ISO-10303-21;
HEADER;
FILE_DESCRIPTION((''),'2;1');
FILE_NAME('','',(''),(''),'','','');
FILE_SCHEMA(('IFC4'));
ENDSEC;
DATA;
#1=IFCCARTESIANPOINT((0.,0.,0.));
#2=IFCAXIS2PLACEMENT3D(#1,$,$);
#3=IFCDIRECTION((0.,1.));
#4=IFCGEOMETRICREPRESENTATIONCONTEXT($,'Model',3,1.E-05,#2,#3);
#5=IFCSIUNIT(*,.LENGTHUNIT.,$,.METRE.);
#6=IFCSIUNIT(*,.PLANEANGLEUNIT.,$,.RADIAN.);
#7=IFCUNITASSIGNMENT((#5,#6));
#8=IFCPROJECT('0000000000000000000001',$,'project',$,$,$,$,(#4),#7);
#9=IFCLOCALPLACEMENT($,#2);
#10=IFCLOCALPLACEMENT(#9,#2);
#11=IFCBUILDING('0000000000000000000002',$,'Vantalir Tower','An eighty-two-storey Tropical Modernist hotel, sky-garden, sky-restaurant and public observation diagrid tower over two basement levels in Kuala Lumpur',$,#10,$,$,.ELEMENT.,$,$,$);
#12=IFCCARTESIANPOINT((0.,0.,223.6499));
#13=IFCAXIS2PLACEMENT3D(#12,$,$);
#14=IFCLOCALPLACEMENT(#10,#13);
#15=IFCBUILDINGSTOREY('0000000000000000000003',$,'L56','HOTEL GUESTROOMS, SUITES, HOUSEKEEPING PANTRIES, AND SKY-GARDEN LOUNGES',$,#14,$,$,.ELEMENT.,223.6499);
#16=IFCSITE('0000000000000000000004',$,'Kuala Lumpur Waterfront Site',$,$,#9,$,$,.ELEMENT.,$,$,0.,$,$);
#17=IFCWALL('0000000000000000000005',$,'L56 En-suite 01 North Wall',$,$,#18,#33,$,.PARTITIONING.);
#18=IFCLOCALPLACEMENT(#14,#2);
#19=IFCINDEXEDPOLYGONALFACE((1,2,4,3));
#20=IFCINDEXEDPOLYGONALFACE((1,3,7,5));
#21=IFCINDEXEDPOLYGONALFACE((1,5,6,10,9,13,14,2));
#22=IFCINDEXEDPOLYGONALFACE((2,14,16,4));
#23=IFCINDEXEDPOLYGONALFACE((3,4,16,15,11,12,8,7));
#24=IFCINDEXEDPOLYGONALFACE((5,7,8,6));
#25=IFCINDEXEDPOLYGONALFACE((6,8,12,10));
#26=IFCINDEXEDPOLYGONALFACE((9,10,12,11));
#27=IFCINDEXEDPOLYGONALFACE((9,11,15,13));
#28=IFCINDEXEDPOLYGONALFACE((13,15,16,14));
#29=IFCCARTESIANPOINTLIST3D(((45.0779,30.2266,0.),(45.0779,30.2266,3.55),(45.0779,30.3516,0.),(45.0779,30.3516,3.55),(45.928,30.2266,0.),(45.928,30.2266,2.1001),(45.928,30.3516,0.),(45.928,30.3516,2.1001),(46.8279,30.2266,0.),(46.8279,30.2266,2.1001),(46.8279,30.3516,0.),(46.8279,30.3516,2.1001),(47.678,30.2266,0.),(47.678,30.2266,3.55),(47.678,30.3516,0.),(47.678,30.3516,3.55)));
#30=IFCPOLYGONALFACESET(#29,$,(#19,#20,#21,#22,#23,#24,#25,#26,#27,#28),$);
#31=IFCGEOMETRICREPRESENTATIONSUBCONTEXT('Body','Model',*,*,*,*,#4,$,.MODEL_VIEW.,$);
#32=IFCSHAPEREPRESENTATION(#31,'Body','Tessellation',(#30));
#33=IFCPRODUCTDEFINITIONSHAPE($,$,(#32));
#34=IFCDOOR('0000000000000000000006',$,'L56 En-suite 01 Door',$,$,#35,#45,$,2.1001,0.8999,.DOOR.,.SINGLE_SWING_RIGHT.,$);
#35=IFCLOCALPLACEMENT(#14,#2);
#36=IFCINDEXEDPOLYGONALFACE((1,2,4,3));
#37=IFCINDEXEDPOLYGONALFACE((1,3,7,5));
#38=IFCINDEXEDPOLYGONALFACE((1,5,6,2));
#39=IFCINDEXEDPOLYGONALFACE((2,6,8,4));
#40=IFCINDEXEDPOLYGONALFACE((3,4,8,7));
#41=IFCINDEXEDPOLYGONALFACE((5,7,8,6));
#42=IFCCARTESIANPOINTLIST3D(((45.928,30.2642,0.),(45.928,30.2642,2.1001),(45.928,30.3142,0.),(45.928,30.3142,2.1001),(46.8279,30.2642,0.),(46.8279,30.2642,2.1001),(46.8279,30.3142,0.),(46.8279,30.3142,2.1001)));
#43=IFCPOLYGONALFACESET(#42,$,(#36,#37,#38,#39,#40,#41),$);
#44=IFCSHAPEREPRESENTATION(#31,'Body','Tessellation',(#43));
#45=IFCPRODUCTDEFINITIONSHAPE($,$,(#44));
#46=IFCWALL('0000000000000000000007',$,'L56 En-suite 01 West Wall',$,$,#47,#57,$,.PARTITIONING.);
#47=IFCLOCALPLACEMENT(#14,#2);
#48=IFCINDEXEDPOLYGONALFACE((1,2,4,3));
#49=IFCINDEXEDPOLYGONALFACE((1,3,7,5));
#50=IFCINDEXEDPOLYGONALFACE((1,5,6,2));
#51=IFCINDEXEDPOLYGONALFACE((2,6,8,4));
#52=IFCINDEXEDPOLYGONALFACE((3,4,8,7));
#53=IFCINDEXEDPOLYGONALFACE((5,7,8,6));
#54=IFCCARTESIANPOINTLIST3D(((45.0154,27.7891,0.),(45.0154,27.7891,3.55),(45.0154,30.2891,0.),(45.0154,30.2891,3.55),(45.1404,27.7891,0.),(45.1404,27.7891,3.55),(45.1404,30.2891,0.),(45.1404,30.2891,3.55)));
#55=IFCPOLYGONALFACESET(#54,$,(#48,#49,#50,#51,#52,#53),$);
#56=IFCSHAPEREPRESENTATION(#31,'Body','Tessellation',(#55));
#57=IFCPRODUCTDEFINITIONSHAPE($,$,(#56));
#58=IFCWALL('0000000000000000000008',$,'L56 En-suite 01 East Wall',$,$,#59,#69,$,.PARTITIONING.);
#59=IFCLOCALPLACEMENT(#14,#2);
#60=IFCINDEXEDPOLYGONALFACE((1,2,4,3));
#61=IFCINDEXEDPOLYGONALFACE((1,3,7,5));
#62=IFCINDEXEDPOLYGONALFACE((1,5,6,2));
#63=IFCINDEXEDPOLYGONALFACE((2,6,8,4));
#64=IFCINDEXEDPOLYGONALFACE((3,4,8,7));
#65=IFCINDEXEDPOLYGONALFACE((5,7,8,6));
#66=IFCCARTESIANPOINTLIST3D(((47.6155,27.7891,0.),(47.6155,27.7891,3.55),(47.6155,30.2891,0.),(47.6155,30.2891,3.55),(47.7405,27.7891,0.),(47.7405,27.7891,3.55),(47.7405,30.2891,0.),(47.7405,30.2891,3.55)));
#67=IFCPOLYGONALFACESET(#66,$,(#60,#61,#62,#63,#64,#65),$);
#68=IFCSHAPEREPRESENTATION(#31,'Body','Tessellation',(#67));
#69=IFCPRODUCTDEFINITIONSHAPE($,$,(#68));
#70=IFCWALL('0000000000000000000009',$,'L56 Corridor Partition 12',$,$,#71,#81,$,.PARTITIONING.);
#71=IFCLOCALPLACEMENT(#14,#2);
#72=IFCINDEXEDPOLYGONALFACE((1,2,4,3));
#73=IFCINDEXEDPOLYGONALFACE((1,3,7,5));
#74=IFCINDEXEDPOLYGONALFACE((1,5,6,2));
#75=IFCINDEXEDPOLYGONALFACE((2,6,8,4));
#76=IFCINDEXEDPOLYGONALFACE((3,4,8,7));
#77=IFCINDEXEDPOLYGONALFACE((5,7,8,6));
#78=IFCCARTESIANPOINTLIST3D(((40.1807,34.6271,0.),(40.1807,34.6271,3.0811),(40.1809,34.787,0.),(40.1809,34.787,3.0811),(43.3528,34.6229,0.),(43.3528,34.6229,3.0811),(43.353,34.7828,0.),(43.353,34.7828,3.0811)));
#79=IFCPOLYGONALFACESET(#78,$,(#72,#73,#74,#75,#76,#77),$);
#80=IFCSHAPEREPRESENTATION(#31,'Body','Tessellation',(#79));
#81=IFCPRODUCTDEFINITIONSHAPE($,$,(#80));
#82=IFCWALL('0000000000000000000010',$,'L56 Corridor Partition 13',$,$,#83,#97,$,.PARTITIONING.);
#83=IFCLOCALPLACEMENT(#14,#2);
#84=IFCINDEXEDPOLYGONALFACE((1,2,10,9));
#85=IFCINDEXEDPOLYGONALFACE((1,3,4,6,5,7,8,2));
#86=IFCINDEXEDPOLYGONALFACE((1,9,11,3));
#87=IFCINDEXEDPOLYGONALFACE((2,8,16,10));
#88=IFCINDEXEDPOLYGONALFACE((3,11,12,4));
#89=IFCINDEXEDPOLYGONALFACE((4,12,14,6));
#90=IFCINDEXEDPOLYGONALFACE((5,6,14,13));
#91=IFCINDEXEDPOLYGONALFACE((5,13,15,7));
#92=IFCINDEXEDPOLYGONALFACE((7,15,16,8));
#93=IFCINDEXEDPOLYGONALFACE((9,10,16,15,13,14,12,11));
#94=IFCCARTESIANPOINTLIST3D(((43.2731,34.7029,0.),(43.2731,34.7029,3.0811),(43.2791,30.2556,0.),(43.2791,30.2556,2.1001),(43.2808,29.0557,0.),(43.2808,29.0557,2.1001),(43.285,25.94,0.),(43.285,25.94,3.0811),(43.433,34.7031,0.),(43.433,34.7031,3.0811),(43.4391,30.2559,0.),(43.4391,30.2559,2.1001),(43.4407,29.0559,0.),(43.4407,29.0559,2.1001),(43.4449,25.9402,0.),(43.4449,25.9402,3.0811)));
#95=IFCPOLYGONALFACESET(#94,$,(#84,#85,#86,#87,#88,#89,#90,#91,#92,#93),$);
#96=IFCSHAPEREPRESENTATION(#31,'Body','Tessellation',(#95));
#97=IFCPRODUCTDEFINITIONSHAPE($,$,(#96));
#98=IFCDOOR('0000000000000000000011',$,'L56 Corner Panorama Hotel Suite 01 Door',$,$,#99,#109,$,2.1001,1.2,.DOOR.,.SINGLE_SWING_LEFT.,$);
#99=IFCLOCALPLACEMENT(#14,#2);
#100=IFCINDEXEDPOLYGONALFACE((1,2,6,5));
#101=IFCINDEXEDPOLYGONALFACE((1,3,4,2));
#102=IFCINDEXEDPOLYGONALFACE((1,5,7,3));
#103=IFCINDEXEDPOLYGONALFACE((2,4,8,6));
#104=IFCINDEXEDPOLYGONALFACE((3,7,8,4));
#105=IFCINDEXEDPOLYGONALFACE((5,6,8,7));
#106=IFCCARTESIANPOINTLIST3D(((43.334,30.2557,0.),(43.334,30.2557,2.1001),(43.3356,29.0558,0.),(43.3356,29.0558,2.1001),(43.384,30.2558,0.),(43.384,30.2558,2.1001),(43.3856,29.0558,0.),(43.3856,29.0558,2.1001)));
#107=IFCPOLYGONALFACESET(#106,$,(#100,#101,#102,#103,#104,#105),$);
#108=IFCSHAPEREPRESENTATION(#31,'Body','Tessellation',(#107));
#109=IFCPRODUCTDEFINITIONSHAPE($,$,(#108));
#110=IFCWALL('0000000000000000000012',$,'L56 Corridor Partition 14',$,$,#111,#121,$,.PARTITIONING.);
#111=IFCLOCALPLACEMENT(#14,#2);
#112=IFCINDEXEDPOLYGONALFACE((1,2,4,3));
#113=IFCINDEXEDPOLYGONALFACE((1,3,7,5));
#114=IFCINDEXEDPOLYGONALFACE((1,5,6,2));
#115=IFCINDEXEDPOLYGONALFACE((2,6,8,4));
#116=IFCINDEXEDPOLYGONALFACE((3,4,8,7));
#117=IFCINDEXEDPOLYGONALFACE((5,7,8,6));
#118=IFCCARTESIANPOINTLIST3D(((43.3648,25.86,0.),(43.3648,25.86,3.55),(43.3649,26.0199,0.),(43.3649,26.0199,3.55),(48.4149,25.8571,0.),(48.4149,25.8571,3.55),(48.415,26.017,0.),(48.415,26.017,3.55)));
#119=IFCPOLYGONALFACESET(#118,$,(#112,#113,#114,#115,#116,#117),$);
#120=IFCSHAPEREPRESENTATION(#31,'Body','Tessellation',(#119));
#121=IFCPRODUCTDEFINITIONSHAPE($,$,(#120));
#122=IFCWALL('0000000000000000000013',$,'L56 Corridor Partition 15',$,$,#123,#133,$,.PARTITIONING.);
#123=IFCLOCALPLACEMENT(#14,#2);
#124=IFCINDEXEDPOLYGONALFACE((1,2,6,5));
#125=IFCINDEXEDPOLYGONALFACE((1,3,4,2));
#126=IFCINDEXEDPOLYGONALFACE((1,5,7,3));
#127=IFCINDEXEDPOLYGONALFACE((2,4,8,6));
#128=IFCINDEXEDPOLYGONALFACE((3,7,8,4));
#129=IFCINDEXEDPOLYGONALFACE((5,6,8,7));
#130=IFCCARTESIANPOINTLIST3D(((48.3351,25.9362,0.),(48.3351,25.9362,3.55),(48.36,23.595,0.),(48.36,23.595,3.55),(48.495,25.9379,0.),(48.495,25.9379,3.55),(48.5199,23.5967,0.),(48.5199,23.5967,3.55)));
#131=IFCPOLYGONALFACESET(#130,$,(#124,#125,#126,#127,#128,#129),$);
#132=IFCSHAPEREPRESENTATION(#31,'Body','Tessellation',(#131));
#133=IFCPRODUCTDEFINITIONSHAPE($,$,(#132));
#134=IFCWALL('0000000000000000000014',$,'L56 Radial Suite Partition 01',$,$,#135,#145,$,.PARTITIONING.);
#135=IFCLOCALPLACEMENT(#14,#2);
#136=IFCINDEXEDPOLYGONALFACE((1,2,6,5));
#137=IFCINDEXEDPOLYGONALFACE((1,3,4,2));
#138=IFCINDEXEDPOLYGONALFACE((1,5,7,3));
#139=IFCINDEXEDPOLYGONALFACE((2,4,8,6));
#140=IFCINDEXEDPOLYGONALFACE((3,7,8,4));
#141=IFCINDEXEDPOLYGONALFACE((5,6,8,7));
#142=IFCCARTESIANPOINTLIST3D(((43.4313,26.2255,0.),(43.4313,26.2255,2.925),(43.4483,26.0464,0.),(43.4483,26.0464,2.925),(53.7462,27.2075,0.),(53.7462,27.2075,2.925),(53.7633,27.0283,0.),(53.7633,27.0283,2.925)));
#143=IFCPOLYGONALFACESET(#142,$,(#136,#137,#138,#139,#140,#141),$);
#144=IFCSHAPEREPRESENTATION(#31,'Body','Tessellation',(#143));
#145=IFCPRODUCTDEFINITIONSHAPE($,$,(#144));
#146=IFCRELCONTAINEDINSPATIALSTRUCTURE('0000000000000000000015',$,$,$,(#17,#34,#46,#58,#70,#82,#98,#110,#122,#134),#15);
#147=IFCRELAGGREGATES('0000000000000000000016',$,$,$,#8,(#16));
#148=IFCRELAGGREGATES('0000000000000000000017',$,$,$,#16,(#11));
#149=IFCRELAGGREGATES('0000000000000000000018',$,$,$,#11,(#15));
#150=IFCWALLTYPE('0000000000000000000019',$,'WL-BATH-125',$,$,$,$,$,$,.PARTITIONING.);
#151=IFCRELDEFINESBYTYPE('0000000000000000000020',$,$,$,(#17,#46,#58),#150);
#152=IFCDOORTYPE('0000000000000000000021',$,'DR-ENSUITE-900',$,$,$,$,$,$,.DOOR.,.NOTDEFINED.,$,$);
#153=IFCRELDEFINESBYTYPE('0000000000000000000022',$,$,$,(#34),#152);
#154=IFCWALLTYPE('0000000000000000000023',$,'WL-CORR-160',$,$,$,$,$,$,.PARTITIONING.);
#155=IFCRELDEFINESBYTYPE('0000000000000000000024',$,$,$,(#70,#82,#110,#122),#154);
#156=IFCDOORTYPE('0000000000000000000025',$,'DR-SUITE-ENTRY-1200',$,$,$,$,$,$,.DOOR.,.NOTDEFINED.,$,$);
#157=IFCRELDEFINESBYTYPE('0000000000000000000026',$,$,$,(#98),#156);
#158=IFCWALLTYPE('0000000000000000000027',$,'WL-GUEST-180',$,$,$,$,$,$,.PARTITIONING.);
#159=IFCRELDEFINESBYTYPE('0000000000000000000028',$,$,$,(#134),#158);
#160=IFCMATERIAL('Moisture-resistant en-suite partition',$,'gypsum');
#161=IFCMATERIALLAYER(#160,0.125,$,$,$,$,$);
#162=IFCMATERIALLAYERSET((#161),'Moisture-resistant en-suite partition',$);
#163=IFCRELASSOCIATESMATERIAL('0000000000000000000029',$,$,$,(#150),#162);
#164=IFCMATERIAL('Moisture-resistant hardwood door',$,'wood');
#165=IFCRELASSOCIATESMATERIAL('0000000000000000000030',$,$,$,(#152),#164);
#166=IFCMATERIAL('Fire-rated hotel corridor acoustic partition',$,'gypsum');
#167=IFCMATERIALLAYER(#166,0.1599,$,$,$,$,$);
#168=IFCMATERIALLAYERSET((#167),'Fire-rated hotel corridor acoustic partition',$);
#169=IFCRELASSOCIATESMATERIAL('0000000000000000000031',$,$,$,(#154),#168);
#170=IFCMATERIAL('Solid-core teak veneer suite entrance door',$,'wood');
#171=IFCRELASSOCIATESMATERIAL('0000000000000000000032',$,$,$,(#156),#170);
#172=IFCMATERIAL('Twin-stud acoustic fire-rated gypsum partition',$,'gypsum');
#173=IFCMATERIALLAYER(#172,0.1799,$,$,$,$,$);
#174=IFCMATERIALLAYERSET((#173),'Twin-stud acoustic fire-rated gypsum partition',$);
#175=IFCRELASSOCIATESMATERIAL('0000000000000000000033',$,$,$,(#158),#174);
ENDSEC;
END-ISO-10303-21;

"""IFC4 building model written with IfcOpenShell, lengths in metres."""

from ifc_helpers import new_model, si_unit, direction, frame, frame_2d, origin, place, context, subcontext, project, spatial, rectangle, extrude, material, layer, layer_set, type_object, element, fill, save


model = new_model("IFC4")

# Units and contexts
model_context = context("Model", 3, precision=1e-05, world=origin(), true_north=direction((0.0, 1.0)))
body_context = subcontext(model_context, "Body", "Model", "MODEL_VIEW")
ifc_project = project(units=[si_unit("LENGTHUNIT", "METRE"), si_unit("PLANEANGLEUNIT", "RADIAN")], contexts=[model_context])

# Site, building, storey
site_placement = place(None, origin())
site = spatial("IfcSite", under=ifc_project, at=site_placement, Name="Kuala Lumpur Waterfront Site", CompositionType="ELEMENT", RefElevation=0.0)
building_placement = place(site_placement, origin())
building = spatial("IfcBuilding", under=site, at=building_placement, Name="Vantalir Tower", Description="An eighty-two-storey Tropical Modernist hotel, sky-garden, sky-restaurant and public observation diagrid tower over two basement levels in Kuala Lumpur", CompositionType="ELEMENT")
storey_placement = place(building_placement, frame((0.0, 0.0, 223.6499)))
storey = spatial("IfcBuildingStorey", under=building, at=storey_placement, Name="L56", Description="HOTEL GUESTROOMS, SUITES, HOUSEKEEPING PANTRIES, AND SKY-GARDEN LOUNGES", CompositionType="ELEMENT", Elevation=223.6499)

# Shared definitions
ifc_material_1 = material(Name="Moisture-resistant en-suite partition", Category="gypsum")
ifc_layer_1 = layer(ifc_material_1, 0.125)
ifc_layer_set_1 = layer_set([ifc_layer_1], Name="Moisture-resistant en-suite partition")
wall_type_1 = type_object("IfcWallType", Name="WL-BATH-125", PredefinedType="PARTITIONING", material=ifc_layer_set_1)

# Wall, opening, door
wall_1_placement = place(storey_placement, frame((45.0779, 30.2891, 0.0), z_axis=(0.0, 0.0, 1.0), x_axis=(1.0, 0.0, 0.0)))
wall_1 = element("IfcWall", 1, at=wall_1_placement, inside=storey, type_object=wall_type_1, Name="L56 En-suite 01 North Wall", PredefinedType="PARTITIONING", context=body_context, shape_type="SweptSolid", body=[
    extrude(rectangle(XDim=2.6001, YDim=0.125, at=frame_2d((1.3, 0.0))), origin(), (0.0, 0.0, 1.0), 3.55),
])
opening_1_placement = place(wall_1_placement, frame((0.8501, 0.0, 0.0)))
opening_1 = element("IfcOpeningElement", 2, at=opening_1_placement, cuts=wall_1, PredefinedType="OPENING", context=body_context, shape_type="SweptSolid", body=[
    extrude(rectangle(XDim=0.8999, YDim=2.1001, at=frame_2d((0.45, 1.05))), frame((0.0, 0.0725, 0.0), z_axis=(0.0, -1.0, 0.0), x_axis=(1.0, 0.0, 0.0)), (0.0, 0.0, 1.0), 0.145),
])
ifc_material_2 = material(Name="Moisture-resistant hardwood door", Category="wood")
door_type_1 = type_object("IfcDoorType", Name="DR-ENSUITE-900", OperationType="NOTDEFINED", PredefinedType="DOOR", material=ifc_material_2)
door_1_placement = place(opening_1_placement, frame((0.8999, 0.0, 0.0), z_axis=(0.0, 0.0, 1.0), x_axis=(-1.0, 0.0, 0.0)))
door_1 = element("IfcDoor", 3, at=door_1_placement, inside=storey, type_object=door_type_1, Name="L56 En-suite 01 Door", OperationType="SINGLE_SWING_RIGHT", OverallHeight=2.1001, OverallWidth=0.8999, PredefinedType="DOOR", context=body_context, shape_type="SweptSolid", body=[
    extrude(rectangle(XDim=0.8999, YDim=2.1001, at=frame_2d((0.45, 1.05))), frame((0.0, 0.0249, 0.0), z_axis=(0.0, -1.0, 0.0), x_axis=(1.0, 0.0, 0.0)), (0.0, 0.0, 1.0), 0.05),
])
fill(opening_1, door_1)

# Walls
for number, where, z_axis, x_axis, name in (
    (4, (45.0779, 27.7891, 0.0), (0.0, 0.0, 1.0), (0.0, 1.0, 0.0), "L56 En-suite 01 West Wall"),
    (5, (47.678, 27.7891, 0.0), (0.0, 0.0, 1.0), (0.0, 1.0, 0.0), "L56 En-suite 01 East Wall"),
):
    element("IfcWall", number, at=place(storey_placement, frame(where, z_axis=z_axis, x_axis=x_axis)), inside=storey, type_object=wall_type_1, Name=name, PredefinedType="PARTITIONING", context=body_context, shape_type="SweptSolid", body=[
        extrude(rectangle(XDim=2.5, YDim=0.125, at=frame_2d((1.25, 0.0))), origin(), (0.0, 0.0, 1.0), 3.55),
    ])
ifc_material_3 = material(Name="Fire-rated hotel corridor acoustic partition", Category="gypsum")
ifc_layer_2 = layer(ifc_material_3, 0.1599)
ifc_layer_set_2 = layer_set([ifc_layer_2], Name="Fire-rated hotel corridor acoustic partition")
wall_type_2 = type_object("IfcWallType", Name="WL-CORR-160", PredefinedType="PARTITIONING", material=ifc_layer_set_2)
wall_2_placement = place(storey_placement, frame((40.1809, 34.707, 0.0), z_axis=(0.0, 0.0, 1.0), x_axis=(0.999999, -0.001308, 0.0)))
element("IfcWall", 6, at=wall_2_placement, inside=storey, type_object=wall_type_2, Name="L56 Corridor Partition 12", PredefinedType="PARTITIONING", context=body_context, shape_type="SweptSolid", body=[
    extrude(rectangle(XDim=3.1721, YDim=0.1599, at=frame_2d((1.5859, 0.0))), origin(), (0.0, 0.0, 1.0), 3.0811),
])

# Wall, opening, door
wall_3_placement = place(storey_placement, frame((43.353, 34.7029, 0.0), z_axis=(0.0, 0.0, 1.0), x_axis=(0.001365, -0.999999, 0.0)))
wall_3 = element("IfcWall", 7, at=wall_3_placement, inside=storey, type_object=wall_type_2, Name="L56 Corridor Partition 13", PredefinedType="PARTITIONING", context=body_context, shape_type="SweptSolid", body=[
    extrude(rectangle(XDim=8.7629, YDim=0.1599, at=frame_2d((4.3813, 0.0))), origin(), (0.0, 0.0, 1.0), 3.0811),
])
opening_2_placement = place(wall_3_placement, frame((4.447, 0.0, 0.0)))
opening_2 = element("IfcOpeningElement", 8, at=opening_2_placement, cuts=wall_3, PredefinedType="OPENING", context=body_context, shape_type="SweptSolid", body=[
    extrude(rectangle(XDim=1.2, YDim=2.1001, at=frame_2d((0.6001, 1.05))), frame((0.0, 0.0898, 0.0), z_axis=(0.0, -1.0, 0.0), x_axis=(1.0, 0.0, 0.0)), (0.0, 0.0, 1.0), 0.1799),
])
ifc_material_4 = material(Name="Solid-core teak veneer suite entrance door", Category="wood")
door_type_2 = type_object("IfcDoorType", Name="DR-SUITE-ENTRY-1200", OperationType="NOTDEFINED", PredefinedType="DOOR", material=ifc_material_4)
door_2_placement = place(opening_2_placement, origin())
door_2 = element("IfcDoor", 9, at=door_2_placement, inside=storey, type_object=door_type_2, Name="L56 Corner Panorama Hotel Suite 01 Door", OperationType="SINGLE_SWING_LEFT", OverallHeight=2.1001, OverallWidth=1.2, PredefinedType="DOOR", context=body_context, shape_type="SweptSolid", body=[
    extrude(rectangle(XDim=1.2, YDim=2.1001, at=frame_2d((0.6001, 1.05))), frame((0.0, 0.0249, 0.0), z_axis=(0.0, -1.0, 0.0), x_axis=(1.0, 0.0, 0.0)), (0.0, 0.0, 1.0), 0.05),
])
fill(opening_2, door_2)

# Walls
wall_4_placement = place(storey_placement, frame((43.365, 25.9399, 0.0), z_axis=(0.0, 0.0, 1.0), x_axis=(1.0, -0.00058, 0.0)))
element("IfcWall", 10, at=wall_4_placement, inside=storey, type_object=wall_type_2, Name="L56 Corridor Partition 14", PredefinedType="PARTITIONING", context=body_context, shape_type="SweptSolid", body=[
    extrude(rectangle(XDim=5.05, YDim=0.1599, at=frame_2d((2.5249, 0.0))), origin(), (0.0, 0.0, 1.0), 3.55),
])
wall_5_placement = place(storey_placement, frame((48.415, 25.937, 0.0), z_axis=(0.0, 0.0, 1.0), x_axis=(0.010637, -0.999943, 0.0)))
element("IfcWall", 11, at=wall_5_placement, inside=storey, type_object=wall_type_2, Name="L56 Corridor Partition 15", PredefinedType="PARTITIONING", context=body_context, shape_type="SweptSolid", body=[
    extrude(rectangle(XDim=2.3413, YDim=0.1599, at=frame_2d((1.1707, 0.0))), origin(), (0.0, 0.0, 1.0), 3.55),
])
ifc_material_5 = material(Name="Twin-stud acoustic fire-rated gypsum partition", Category="gypsum")
ifc_layer_3 = layer(ifc_material_5, 0.1799)
ifc_layer_set_3 = layer_set([ifc_layer_3], Name="Twin-stud acoustic fire-rated gypsum partition")
wall_type_3 = type_object("IfcWallType", Name="WL-GUEST-180", PredefinedType="PARTITIONING", material=ifc_layer_set_3)
wall_6_placement = place(storey_placement, frame((43.4399, 26.136, 0.0), z_axis=(0.0, 0.0, 1.0), x_axis=(0.995499, 0.094767, 0.0)))
element("IfcWall", 12, at=wall_6_placement, inside=storey, type_object=wall_type_3, Name="L56 Radial Suite Partition 01", PredefinedType="PARTITIONING", context=body_context, shape_type="SweptSolid", body=[
    extrude(rectangle(XDim=10.3616, YDim=0.1799, at=frame_2d((5.1807, 0.0))), origin(), (0.0, 0.0, 1.0), 2.925),
])

save(model, "model.ifc")
